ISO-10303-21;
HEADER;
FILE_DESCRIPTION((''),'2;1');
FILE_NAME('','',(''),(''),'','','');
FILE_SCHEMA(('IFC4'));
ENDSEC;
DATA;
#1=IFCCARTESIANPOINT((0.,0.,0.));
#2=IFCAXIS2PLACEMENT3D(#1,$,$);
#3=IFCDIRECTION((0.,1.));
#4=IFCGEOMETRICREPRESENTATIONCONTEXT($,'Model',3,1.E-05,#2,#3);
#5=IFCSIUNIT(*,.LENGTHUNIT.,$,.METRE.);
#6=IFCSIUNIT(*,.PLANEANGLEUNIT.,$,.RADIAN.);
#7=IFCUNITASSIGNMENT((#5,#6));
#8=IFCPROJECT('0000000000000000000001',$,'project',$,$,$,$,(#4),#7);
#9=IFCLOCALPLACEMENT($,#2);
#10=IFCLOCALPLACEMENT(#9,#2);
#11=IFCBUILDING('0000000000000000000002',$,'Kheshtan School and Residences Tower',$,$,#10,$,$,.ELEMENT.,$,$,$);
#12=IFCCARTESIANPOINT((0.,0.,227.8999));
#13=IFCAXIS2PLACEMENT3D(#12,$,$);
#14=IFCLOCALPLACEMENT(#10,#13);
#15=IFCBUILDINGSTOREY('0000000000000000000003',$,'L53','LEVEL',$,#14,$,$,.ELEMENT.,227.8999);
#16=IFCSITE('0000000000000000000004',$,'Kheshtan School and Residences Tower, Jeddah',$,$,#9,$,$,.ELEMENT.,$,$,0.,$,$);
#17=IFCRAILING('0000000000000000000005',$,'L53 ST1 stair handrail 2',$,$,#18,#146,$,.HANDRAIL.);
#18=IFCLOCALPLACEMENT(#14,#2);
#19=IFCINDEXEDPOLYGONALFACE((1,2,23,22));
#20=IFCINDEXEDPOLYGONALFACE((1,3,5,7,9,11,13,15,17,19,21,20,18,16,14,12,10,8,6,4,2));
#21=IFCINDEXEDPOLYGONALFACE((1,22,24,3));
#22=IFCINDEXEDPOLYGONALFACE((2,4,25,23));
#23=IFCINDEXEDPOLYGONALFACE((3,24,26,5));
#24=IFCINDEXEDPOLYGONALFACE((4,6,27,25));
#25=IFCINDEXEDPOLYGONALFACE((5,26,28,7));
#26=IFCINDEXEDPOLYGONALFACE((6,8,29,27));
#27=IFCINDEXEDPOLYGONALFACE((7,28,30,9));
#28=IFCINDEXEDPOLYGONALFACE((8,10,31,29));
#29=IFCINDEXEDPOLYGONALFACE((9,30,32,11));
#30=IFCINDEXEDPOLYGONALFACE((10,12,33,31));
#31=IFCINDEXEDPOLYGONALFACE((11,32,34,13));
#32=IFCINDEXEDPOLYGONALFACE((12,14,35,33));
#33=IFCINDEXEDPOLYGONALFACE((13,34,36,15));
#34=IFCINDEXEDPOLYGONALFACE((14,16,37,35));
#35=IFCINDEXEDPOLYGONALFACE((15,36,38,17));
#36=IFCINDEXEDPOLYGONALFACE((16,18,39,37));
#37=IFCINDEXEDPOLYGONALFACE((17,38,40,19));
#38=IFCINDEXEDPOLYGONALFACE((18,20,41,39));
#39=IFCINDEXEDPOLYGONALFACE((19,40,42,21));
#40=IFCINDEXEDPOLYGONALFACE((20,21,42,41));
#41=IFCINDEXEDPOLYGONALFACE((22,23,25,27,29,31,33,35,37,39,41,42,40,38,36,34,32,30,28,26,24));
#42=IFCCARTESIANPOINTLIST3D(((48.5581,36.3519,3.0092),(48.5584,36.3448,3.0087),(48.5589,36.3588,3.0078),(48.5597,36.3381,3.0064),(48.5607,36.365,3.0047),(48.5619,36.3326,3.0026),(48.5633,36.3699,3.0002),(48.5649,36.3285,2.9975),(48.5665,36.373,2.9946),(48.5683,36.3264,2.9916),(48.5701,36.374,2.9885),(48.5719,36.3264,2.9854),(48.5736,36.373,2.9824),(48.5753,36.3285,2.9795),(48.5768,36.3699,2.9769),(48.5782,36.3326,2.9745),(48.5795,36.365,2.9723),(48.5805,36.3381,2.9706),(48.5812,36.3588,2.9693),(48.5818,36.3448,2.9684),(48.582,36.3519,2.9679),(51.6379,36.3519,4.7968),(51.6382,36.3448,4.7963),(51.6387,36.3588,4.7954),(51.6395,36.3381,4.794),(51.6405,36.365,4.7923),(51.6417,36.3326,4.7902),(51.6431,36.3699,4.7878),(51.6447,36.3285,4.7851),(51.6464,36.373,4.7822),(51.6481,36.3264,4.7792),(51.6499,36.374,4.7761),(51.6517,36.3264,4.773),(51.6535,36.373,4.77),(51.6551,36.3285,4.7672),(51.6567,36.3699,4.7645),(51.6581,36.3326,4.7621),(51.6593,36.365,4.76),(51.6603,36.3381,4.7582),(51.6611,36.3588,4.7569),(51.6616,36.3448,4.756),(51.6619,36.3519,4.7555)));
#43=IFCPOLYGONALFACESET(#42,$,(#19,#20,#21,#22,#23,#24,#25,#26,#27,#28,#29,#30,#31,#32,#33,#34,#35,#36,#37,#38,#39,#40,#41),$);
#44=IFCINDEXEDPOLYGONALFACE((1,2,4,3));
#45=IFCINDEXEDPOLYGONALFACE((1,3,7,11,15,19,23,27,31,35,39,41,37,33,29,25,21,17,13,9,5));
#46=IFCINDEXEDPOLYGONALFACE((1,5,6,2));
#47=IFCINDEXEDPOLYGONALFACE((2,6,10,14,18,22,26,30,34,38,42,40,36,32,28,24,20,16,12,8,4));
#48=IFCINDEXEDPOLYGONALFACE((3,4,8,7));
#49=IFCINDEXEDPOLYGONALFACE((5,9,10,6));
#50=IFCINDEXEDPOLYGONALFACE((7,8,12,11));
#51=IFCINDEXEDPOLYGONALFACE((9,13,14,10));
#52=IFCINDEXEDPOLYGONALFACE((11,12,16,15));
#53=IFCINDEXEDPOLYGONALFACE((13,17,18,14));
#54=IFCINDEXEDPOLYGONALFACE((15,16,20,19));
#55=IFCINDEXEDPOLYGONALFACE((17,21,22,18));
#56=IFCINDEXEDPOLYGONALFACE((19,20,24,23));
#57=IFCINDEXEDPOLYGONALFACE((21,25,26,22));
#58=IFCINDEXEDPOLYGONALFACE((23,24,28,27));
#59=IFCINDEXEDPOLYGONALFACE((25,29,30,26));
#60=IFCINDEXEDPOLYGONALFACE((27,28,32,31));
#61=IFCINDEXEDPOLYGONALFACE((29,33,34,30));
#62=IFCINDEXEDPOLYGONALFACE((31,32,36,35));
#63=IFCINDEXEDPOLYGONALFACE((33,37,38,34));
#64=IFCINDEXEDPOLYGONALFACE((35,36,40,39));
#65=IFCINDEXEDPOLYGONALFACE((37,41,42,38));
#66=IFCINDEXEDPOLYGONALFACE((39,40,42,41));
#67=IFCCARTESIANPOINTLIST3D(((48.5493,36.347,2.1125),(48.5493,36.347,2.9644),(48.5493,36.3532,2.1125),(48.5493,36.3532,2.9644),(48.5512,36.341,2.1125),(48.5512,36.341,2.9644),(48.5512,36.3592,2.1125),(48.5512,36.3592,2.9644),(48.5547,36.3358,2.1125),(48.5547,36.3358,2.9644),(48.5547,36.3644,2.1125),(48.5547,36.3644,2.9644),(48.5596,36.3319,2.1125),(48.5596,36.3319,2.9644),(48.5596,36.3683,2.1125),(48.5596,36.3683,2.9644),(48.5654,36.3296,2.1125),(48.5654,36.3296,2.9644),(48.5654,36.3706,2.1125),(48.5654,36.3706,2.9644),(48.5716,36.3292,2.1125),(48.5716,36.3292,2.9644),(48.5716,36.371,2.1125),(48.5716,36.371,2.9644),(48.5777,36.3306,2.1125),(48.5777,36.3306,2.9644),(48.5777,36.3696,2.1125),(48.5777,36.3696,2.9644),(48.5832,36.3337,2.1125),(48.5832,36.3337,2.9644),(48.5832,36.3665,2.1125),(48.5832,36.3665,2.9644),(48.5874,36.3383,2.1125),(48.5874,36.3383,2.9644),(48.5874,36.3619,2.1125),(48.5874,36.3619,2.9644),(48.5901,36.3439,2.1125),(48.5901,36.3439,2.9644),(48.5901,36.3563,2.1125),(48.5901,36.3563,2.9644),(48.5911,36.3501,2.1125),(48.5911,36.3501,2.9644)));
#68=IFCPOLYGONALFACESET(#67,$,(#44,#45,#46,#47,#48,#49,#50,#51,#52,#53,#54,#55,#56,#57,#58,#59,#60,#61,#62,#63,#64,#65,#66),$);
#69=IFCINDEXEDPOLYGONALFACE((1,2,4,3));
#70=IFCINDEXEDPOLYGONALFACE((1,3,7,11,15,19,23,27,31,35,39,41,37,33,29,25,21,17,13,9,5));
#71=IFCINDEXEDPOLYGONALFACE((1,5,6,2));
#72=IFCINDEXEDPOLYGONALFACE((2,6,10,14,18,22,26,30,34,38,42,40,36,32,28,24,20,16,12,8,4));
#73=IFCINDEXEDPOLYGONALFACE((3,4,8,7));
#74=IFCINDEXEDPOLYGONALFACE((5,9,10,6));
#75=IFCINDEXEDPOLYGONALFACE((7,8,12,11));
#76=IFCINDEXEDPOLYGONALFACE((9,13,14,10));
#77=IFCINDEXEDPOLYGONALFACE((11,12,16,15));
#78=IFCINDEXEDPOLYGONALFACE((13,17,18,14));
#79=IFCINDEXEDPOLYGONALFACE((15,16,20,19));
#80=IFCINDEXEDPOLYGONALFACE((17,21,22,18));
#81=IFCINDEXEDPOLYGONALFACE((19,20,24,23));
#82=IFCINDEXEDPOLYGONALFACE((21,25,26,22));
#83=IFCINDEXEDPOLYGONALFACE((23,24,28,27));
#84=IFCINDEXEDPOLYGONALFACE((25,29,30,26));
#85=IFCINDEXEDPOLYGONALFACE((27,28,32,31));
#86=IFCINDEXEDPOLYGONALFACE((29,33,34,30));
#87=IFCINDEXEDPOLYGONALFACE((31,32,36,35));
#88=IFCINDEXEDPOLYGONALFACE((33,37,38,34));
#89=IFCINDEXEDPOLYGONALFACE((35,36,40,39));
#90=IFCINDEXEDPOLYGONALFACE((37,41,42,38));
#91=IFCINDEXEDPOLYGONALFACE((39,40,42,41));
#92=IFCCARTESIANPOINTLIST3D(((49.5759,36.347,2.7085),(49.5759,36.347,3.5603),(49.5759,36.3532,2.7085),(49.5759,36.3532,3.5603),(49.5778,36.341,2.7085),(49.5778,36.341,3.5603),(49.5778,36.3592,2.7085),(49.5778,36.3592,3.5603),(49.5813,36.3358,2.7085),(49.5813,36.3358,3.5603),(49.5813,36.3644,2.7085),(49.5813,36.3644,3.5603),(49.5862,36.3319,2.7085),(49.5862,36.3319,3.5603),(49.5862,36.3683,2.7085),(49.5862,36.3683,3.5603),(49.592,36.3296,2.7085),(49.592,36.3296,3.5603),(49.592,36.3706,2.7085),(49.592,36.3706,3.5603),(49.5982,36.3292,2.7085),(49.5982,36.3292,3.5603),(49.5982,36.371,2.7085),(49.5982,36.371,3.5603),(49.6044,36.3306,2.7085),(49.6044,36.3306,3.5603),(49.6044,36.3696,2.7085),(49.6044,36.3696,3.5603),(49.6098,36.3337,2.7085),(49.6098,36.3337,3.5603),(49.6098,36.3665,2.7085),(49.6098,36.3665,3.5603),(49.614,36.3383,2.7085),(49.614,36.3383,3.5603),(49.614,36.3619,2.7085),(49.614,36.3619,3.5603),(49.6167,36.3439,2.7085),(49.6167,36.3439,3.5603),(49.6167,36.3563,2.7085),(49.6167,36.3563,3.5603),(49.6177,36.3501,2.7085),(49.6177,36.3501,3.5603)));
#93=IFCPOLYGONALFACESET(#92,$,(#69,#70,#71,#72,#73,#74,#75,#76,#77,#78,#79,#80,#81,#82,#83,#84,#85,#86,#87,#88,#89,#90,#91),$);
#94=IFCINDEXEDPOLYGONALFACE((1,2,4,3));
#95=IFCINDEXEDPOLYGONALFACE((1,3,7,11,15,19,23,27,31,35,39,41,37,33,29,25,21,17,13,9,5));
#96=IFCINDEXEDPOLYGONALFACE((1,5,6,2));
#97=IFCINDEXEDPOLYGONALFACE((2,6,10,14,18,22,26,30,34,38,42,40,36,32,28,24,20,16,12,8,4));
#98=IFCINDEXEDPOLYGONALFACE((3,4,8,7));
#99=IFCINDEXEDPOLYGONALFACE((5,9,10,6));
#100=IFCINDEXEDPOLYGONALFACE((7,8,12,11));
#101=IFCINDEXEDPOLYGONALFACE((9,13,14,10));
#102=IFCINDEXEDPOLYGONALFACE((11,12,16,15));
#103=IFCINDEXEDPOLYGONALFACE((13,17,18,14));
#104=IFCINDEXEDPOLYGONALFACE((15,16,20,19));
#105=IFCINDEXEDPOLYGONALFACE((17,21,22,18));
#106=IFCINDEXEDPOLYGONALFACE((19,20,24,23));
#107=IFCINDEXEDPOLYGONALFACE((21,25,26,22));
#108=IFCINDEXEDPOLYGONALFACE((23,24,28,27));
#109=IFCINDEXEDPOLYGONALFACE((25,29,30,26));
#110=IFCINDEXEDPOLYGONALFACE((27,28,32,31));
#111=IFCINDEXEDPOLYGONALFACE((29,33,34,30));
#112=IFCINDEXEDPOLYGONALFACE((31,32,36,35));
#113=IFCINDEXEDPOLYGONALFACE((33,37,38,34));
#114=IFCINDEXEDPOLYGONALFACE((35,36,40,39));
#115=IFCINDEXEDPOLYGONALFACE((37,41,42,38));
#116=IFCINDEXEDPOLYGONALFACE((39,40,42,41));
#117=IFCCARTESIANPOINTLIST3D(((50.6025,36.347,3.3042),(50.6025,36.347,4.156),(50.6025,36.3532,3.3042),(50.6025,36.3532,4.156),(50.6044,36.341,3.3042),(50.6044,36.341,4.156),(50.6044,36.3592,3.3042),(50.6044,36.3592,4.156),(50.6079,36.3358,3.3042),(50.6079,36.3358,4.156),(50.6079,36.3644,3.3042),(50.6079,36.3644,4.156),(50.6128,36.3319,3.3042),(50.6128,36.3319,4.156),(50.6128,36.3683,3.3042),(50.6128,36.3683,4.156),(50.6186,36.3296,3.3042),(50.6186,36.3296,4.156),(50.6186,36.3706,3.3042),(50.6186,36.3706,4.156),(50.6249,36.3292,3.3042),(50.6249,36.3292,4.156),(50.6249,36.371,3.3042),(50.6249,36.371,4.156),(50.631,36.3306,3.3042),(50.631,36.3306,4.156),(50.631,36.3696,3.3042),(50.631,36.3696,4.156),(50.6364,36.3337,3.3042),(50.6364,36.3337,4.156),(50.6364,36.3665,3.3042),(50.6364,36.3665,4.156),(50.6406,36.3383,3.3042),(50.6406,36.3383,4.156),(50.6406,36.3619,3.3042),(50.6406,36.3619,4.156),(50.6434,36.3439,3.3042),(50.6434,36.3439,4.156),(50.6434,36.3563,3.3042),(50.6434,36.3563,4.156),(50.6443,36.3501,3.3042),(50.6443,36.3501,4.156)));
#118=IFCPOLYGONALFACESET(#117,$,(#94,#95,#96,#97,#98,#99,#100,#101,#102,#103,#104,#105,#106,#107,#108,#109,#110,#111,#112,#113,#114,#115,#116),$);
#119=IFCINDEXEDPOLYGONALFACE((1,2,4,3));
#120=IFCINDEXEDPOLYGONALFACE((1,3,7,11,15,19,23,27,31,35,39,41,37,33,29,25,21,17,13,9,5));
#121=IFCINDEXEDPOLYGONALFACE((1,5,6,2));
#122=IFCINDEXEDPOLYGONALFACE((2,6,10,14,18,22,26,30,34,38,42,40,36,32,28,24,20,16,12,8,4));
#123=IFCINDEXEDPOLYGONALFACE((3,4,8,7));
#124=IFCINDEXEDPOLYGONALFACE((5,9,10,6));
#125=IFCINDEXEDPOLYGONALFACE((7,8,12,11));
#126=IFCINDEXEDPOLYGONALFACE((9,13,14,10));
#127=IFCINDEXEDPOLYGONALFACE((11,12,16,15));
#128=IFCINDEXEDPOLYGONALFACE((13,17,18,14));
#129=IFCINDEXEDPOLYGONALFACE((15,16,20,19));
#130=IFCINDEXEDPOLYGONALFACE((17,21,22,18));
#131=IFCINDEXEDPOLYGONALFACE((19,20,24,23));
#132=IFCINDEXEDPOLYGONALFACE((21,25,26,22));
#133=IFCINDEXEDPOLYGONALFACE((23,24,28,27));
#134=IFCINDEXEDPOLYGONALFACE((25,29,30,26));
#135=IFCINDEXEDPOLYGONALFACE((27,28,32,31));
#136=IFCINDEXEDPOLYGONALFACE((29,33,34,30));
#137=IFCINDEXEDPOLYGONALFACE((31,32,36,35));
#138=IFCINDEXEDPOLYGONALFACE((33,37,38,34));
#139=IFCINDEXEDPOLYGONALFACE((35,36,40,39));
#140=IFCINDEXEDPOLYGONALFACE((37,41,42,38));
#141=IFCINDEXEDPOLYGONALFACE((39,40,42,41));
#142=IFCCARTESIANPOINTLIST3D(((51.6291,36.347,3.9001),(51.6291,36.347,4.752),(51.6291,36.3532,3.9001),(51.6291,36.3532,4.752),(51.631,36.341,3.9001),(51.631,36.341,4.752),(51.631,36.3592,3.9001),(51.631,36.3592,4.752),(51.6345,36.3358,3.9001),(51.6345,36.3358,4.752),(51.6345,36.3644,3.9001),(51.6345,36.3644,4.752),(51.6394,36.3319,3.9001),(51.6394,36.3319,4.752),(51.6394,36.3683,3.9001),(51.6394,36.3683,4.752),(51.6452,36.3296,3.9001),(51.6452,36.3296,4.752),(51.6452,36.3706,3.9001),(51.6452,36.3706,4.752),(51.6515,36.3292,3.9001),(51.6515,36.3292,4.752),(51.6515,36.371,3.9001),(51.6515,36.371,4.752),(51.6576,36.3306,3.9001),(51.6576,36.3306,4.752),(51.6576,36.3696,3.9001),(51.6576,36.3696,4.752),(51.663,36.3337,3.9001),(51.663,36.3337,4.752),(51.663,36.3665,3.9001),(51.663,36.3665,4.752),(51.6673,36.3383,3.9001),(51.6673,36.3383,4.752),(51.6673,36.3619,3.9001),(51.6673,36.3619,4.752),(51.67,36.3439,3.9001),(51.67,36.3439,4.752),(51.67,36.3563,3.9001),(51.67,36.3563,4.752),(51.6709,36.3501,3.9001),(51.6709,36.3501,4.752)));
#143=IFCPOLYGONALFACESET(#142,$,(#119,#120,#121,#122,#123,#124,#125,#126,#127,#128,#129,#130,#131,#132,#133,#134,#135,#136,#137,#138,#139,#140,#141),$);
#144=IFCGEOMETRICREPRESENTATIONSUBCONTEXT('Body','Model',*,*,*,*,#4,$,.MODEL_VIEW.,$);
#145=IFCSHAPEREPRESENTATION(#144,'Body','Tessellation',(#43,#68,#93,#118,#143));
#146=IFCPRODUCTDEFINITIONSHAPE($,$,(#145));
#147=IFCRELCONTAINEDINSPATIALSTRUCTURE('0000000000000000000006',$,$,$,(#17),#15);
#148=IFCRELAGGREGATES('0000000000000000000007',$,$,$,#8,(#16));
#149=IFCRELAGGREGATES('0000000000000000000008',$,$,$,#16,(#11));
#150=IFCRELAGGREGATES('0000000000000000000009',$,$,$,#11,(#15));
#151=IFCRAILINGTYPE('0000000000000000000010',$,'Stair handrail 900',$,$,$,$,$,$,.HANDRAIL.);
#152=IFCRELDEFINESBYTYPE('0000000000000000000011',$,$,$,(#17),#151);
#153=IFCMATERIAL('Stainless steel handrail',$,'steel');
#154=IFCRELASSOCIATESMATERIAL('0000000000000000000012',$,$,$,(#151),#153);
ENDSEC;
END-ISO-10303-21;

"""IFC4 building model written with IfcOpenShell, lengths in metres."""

from ifc_helpers import new_model, si_unit, direction, frame, origin, origin_2d, place, context, subcontext, project, spatial, circle, extrude, material, type_object, element, save


model = new_model("IFC4")

# Units and contexts
model_context = context("Model", 3, precision=1e-05, world=origin(), true_north=direction((0.0, 1.0)))
body_context = subcontext(model_context, "Body", "Model", "MODEL_VIEW")
ifc_project = project(units=[si_unit("LENGTHUNIT", "METRE"), si_unit("PLANEANGLEUNIT", "RADIAN")], contexts=[model_context])

# Site, building, storey
site_placement = place(None, origin())
site = spatial("IfcSite", under=ifc_project, at=site_placement, Name="Kheshtan School and Residences Tower, Jeddah", CompositionType="ELEMENT", RefElevation=0.0)
building_placement = place(site_placement, origin())
building = spatial("IfcBuilding", under=site, at=building_placement, Name="Kheshtan School and Residences Tower", CompositionType="ELEMENT")
storey_placement = place(building_placement, frame((0.0, 0.0, 227.8999)))
storey = spatial("IfcBuildingStorey", under=building, at=storey_placement, Name="L53", Description="LEVEL", CompositionType="ELEMENT", Elevation=227.8999)

# Railing
ifc_material_1 = material(Name="Stainless steel handrail", Category="steel")
railing_type_1 = type_object("IfcRailingType", Name="Stair handrail 900", PredefinedType="HANDRAIL", material=ifc_material_1)
railing_1_placement = place(storey_placement, frame((48.5701, 36.3501, 2.1125)))
element("IfcRailing", 1, at=railing_1_placement, inside=storey, type_object=railing_type_1, Name="L53 ST1 stair handrail 2", PredefinedType="HANDRAIL", context=body_context, shape_type="SweptSolid", body=[
    extrude(circle(Radius=0.0239, at=origin_2d()), frame((0.0, 0.0, 0.876), z_axis=(0.864873, 0.0, 0.50199), x_axis=(0.0, 1.0, 0.0)), (0.0, 0.0, 1.0), 3.561),
    extrude(circle(Radius=0.021, at=origin_2d()), origin(), (0.0, 0.0, 1.0), 0.8518),
    extrude(circle(Radius=0.021, at=origin_2d()), frame((1.0266, 0.0, 0.5959)), (0.0, 0.0, 1.0), 0.8518),
    extrude(circle(Radius=0.021, at=origin_2d()), frame((2.0532, 0.0, 1.1917)), (0.0, 0.0, 1.0), 0.8518),
    extrude(circle(Radius=0.021, at=origin_2d()), frame((3.0798, 0.0, 1.7876)), (0.0, 0.0, 1.0), 0.8518),
])

save(model, "model.ifc")
